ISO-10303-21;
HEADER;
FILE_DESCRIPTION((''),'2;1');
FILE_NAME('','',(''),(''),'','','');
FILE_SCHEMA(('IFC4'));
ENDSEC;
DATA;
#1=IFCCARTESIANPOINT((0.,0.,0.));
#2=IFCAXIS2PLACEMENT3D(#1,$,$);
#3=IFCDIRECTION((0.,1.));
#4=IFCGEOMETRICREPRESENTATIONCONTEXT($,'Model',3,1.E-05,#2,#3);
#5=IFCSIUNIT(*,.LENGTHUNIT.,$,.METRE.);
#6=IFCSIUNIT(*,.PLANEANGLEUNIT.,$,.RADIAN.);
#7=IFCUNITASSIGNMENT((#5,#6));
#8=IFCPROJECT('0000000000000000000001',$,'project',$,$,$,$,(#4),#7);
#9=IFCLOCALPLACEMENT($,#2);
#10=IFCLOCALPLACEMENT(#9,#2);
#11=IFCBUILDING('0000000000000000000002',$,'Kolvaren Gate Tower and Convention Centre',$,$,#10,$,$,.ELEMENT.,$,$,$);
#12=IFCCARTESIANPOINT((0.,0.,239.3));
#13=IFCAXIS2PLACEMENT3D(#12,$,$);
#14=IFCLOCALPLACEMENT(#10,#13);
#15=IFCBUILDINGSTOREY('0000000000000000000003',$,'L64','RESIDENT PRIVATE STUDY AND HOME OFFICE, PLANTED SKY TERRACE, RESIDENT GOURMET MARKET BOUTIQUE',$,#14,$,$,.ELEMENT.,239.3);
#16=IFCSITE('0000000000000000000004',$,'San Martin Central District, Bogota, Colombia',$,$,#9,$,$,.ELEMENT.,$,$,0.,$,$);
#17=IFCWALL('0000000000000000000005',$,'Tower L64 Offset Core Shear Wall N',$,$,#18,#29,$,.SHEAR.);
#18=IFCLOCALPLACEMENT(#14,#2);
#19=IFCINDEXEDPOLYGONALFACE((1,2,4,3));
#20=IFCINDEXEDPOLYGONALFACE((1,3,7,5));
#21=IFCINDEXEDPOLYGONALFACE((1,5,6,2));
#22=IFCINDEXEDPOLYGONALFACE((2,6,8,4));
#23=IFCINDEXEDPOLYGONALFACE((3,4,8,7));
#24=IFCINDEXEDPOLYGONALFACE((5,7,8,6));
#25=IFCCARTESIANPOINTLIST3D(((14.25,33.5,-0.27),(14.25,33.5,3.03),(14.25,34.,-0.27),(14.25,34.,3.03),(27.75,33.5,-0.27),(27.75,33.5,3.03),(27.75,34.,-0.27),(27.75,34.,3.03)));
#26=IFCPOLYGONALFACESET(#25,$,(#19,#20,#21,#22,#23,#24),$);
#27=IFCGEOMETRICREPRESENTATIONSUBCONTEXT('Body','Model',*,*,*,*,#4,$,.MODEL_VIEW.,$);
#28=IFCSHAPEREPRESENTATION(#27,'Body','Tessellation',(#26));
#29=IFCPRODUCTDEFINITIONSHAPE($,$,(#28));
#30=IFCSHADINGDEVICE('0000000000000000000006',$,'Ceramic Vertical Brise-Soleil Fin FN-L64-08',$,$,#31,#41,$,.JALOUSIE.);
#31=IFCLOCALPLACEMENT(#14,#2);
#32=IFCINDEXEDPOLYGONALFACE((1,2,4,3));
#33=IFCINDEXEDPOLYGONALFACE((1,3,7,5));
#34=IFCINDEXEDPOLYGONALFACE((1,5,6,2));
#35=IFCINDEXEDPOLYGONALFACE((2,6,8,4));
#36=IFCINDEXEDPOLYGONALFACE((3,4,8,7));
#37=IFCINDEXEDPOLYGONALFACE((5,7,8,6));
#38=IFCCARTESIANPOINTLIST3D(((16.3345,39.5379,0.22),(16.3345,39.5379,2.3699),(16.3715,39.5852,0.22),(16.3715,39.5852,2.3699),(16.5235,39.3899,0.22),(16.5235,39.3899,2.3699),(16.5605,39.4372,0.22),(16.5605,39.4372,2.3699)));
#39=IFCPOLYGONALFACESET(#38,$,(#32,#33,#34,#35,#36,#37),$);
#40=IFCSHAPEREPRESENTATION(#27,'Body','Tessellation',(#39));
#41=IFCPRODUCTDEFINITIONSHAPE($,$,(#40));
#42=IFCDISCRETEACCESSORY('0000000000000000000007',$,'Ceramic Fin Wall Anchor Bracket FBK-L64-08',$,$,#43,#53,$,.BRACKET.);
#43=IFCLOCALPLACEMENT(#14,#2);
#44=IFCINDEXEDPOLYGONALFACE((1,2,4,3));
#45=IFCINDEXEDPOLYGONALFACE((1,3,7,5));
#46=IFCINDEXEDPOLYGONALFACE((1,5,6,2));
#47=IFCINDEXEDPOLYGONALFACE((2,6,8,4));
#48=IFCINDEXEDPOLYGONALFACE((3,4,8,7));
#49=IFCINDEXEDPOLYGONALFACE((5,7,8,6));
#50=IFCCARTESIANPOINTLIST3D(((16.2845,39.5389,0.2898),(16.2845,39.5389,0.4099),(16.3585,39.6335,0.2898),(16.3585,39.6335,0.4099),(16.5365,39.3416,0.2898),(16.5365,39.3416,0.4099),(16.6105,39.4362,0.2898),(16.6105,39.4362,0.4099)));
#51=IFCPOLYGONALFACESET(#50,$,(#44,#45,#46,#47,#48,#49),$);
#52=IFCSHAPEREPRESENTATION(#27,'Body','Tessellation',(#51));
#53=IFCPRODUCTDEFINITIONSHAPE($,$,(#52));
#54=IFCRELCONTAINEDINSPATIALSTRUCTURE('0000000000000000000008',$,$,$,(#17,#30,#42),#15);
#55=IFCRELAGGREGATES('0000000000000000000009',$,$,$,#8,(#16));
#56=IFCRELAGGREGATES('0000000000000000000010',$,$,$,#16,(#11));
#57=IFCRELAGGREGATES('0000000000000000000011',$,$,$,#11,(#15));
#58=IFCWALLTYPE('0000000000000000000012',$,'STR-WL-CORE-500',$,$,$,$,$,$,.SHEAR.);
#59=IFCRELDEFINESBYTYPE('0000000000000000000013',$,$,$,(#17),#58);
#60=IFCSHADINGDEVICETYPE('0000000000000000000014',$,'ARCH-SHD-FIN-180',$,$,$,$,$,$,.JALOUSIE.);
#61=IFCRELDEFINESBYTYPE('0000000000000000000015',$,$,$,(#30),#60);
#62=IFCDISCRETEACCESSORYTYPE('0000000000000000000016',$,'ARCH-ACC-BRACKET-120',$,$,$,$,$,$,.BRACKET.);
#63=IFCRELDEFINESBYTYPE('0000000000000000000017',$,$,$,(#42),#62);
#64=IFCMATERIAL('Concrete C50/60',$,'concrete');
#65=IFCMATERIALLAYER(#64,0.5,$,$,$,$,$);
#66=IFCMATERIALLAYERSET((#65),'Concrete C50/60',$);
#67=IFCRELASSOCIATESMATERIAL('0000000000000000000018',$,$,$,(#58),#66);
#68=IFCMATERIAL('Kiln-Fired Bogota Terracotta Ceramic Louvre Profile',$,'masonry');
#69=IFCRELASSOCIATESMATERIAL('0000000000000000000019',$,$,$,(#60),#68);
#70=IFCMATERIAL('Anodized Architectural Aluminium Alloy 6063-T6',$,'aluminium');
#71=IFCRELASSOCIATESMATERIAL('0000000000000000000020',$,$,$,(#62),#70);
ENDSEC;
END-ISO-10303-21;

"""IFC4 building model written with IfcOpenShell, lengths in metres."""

from ifc_helpers import new_model, si_unit, direction, frame, frame_2d, origin, origin_2d, place, context, subcontext, project, spatial, rectangle, extrude, material, layer, layer_set, type_object, element, save


model = new_model("IFC4")

# Units and contexts
model_context = context("Model", 3, precision=1e-05, world=origin(), true_north=direction((0.0, 1.0)))
body_context = subcontext(model_context, "Body", "Model", "MODEL_VIEW")
ifc_project = project(units=[si_unit("LENGTHUNIT", "METRE"), si_unit("PLANEANGLEUNIT", "RADIAN")], contexts=[model_context])

# Site, building, storey
site_placement = place(None, origin())
site = spatial("IfcSite", under=ifc_project, at=site_placement, Name="San Martin Central District, Bogota, Colombia", CompositionType="ELEMENT", RefElevation=0.0)
building_placement = place(site_placement, origin())
building = spatial("IfcBuilding", under=site, at=building_placement, Name="Kolvaren Gate Tower and Convention Centre", CompositionType="ELEMENT")
storey_placement = place(building_placement, frame((0.0, 0.0, 239.3)))
storey = spatial("IfcBuildingStorey", under=building, at=storey_placement, Name="L64", Description="RESIDENT PRIVATE STUDY AND HOME OFFICE, PLANTED SKY TERRACE, RESIDENT GOURMET MARKET BOUTIQUE", CompositionType="ELEMENT", Elevation=239.3)

# Shared definitions
ifc_material_1 = material(Name="Anodized Architectural Aluminium Alloy 6063-T6", Category="aluminium")

# Wall
ifc_material_2 = material(Name="Concrete C50/60", Category="concrete")
ifc_layer_1 = layer(ifc_material_2, 0.5)
ifc_layer_set_1 = layer_set([ifc_layer_1], Name="Concrete C50/60")
wall_type_1 = type_object("IfcWallType", Name="STR-WL-CORE-500", PredefinedType="SHEAR", material=ifc_layer_set_1)
wall_1_placement = place(storey_placement, frame((14.25, 33.75, -0.27), z_axis=(0.0, 0.0, 1.0), x_axis=(1.0, 0.0, 0.0)))
element("IfcWall", 1, at=wall_1_placement, inside=storey, type_object=wall_type_1, Name="Tower L64 Offset Core Shear Wall N", PredefinedType="SHEAR", context=body_context, shape_type="SweptSolid", body=[
    extrude(rectangle(XDim=13.5, YDim=0.5, at=frame_2d((6.75, 0.0))), origin(), (0.0, 0.0, 1.0), 3.3),
])

# Shading device
ifc_material_3 = material(Name="Kiln-Fired Bogota Terracotta Ceramic Louvre Profile", Category="masonry")
shading_device_type = type_object("IfcShadingDeviceType", Name="ARCH-SHD-FIN-180", PredefinedType="JALOUSIE", material=ifc_material_3)
shading_device_placement = place(storey_placement, frame((16.4475, 39.4875, 0.22), z_axis=(0.0, 0.0, 1.0), x_axis=(0.616435, 0.787405, 0.0)))
element("IfcShadingDevice", 2, at=shading_device_placement, inside=storey, type_object=shading_device_type, Name="Ceramic Vertical Brise-Soleil Fin FN-L64-08", PredefinedType="JALOUSIE", context=body_context, shape_type="SweptSolid", body=[
    extrude(rectangle(XDim=0.0601, YDim=0.24, at=origin_2d()), origin(), (0.0, 0.0, 1.0), 2.1499),
])

# Discrete accessory
discrete_accessory_type = type_object("IfcDiscreteAccessoryType", Name="ARCH-ACC-BRACKET-120", PredefinedType="BRACKET", material=ifc_material_1)
discrete_accessory_placement = place(storey_placement, frame((16.4475, 39.4875, 0.2898), z_axis=(0.0, 0.0, 1.0), x_axis=(0.616435, 0.787405, 0.0)))
element("IfcDiscreteAccessory", 3, at=discrete_accessory_placement, inside=storey, type_object=discrete_accessory_type, Name="Ceramic Fin Wall Anchor Bracket FBK-L64-08", PredefinedType="BRACKET", context=body_context, shape_type="SweptSolid", body=[
    extrude(rectangle(XDim=0.1201, YDim=0.3201, at=origin_2d()), origin(), (0.0, 0.0, 1.0), 0.1201),
])

save(model, "model.ifc")
